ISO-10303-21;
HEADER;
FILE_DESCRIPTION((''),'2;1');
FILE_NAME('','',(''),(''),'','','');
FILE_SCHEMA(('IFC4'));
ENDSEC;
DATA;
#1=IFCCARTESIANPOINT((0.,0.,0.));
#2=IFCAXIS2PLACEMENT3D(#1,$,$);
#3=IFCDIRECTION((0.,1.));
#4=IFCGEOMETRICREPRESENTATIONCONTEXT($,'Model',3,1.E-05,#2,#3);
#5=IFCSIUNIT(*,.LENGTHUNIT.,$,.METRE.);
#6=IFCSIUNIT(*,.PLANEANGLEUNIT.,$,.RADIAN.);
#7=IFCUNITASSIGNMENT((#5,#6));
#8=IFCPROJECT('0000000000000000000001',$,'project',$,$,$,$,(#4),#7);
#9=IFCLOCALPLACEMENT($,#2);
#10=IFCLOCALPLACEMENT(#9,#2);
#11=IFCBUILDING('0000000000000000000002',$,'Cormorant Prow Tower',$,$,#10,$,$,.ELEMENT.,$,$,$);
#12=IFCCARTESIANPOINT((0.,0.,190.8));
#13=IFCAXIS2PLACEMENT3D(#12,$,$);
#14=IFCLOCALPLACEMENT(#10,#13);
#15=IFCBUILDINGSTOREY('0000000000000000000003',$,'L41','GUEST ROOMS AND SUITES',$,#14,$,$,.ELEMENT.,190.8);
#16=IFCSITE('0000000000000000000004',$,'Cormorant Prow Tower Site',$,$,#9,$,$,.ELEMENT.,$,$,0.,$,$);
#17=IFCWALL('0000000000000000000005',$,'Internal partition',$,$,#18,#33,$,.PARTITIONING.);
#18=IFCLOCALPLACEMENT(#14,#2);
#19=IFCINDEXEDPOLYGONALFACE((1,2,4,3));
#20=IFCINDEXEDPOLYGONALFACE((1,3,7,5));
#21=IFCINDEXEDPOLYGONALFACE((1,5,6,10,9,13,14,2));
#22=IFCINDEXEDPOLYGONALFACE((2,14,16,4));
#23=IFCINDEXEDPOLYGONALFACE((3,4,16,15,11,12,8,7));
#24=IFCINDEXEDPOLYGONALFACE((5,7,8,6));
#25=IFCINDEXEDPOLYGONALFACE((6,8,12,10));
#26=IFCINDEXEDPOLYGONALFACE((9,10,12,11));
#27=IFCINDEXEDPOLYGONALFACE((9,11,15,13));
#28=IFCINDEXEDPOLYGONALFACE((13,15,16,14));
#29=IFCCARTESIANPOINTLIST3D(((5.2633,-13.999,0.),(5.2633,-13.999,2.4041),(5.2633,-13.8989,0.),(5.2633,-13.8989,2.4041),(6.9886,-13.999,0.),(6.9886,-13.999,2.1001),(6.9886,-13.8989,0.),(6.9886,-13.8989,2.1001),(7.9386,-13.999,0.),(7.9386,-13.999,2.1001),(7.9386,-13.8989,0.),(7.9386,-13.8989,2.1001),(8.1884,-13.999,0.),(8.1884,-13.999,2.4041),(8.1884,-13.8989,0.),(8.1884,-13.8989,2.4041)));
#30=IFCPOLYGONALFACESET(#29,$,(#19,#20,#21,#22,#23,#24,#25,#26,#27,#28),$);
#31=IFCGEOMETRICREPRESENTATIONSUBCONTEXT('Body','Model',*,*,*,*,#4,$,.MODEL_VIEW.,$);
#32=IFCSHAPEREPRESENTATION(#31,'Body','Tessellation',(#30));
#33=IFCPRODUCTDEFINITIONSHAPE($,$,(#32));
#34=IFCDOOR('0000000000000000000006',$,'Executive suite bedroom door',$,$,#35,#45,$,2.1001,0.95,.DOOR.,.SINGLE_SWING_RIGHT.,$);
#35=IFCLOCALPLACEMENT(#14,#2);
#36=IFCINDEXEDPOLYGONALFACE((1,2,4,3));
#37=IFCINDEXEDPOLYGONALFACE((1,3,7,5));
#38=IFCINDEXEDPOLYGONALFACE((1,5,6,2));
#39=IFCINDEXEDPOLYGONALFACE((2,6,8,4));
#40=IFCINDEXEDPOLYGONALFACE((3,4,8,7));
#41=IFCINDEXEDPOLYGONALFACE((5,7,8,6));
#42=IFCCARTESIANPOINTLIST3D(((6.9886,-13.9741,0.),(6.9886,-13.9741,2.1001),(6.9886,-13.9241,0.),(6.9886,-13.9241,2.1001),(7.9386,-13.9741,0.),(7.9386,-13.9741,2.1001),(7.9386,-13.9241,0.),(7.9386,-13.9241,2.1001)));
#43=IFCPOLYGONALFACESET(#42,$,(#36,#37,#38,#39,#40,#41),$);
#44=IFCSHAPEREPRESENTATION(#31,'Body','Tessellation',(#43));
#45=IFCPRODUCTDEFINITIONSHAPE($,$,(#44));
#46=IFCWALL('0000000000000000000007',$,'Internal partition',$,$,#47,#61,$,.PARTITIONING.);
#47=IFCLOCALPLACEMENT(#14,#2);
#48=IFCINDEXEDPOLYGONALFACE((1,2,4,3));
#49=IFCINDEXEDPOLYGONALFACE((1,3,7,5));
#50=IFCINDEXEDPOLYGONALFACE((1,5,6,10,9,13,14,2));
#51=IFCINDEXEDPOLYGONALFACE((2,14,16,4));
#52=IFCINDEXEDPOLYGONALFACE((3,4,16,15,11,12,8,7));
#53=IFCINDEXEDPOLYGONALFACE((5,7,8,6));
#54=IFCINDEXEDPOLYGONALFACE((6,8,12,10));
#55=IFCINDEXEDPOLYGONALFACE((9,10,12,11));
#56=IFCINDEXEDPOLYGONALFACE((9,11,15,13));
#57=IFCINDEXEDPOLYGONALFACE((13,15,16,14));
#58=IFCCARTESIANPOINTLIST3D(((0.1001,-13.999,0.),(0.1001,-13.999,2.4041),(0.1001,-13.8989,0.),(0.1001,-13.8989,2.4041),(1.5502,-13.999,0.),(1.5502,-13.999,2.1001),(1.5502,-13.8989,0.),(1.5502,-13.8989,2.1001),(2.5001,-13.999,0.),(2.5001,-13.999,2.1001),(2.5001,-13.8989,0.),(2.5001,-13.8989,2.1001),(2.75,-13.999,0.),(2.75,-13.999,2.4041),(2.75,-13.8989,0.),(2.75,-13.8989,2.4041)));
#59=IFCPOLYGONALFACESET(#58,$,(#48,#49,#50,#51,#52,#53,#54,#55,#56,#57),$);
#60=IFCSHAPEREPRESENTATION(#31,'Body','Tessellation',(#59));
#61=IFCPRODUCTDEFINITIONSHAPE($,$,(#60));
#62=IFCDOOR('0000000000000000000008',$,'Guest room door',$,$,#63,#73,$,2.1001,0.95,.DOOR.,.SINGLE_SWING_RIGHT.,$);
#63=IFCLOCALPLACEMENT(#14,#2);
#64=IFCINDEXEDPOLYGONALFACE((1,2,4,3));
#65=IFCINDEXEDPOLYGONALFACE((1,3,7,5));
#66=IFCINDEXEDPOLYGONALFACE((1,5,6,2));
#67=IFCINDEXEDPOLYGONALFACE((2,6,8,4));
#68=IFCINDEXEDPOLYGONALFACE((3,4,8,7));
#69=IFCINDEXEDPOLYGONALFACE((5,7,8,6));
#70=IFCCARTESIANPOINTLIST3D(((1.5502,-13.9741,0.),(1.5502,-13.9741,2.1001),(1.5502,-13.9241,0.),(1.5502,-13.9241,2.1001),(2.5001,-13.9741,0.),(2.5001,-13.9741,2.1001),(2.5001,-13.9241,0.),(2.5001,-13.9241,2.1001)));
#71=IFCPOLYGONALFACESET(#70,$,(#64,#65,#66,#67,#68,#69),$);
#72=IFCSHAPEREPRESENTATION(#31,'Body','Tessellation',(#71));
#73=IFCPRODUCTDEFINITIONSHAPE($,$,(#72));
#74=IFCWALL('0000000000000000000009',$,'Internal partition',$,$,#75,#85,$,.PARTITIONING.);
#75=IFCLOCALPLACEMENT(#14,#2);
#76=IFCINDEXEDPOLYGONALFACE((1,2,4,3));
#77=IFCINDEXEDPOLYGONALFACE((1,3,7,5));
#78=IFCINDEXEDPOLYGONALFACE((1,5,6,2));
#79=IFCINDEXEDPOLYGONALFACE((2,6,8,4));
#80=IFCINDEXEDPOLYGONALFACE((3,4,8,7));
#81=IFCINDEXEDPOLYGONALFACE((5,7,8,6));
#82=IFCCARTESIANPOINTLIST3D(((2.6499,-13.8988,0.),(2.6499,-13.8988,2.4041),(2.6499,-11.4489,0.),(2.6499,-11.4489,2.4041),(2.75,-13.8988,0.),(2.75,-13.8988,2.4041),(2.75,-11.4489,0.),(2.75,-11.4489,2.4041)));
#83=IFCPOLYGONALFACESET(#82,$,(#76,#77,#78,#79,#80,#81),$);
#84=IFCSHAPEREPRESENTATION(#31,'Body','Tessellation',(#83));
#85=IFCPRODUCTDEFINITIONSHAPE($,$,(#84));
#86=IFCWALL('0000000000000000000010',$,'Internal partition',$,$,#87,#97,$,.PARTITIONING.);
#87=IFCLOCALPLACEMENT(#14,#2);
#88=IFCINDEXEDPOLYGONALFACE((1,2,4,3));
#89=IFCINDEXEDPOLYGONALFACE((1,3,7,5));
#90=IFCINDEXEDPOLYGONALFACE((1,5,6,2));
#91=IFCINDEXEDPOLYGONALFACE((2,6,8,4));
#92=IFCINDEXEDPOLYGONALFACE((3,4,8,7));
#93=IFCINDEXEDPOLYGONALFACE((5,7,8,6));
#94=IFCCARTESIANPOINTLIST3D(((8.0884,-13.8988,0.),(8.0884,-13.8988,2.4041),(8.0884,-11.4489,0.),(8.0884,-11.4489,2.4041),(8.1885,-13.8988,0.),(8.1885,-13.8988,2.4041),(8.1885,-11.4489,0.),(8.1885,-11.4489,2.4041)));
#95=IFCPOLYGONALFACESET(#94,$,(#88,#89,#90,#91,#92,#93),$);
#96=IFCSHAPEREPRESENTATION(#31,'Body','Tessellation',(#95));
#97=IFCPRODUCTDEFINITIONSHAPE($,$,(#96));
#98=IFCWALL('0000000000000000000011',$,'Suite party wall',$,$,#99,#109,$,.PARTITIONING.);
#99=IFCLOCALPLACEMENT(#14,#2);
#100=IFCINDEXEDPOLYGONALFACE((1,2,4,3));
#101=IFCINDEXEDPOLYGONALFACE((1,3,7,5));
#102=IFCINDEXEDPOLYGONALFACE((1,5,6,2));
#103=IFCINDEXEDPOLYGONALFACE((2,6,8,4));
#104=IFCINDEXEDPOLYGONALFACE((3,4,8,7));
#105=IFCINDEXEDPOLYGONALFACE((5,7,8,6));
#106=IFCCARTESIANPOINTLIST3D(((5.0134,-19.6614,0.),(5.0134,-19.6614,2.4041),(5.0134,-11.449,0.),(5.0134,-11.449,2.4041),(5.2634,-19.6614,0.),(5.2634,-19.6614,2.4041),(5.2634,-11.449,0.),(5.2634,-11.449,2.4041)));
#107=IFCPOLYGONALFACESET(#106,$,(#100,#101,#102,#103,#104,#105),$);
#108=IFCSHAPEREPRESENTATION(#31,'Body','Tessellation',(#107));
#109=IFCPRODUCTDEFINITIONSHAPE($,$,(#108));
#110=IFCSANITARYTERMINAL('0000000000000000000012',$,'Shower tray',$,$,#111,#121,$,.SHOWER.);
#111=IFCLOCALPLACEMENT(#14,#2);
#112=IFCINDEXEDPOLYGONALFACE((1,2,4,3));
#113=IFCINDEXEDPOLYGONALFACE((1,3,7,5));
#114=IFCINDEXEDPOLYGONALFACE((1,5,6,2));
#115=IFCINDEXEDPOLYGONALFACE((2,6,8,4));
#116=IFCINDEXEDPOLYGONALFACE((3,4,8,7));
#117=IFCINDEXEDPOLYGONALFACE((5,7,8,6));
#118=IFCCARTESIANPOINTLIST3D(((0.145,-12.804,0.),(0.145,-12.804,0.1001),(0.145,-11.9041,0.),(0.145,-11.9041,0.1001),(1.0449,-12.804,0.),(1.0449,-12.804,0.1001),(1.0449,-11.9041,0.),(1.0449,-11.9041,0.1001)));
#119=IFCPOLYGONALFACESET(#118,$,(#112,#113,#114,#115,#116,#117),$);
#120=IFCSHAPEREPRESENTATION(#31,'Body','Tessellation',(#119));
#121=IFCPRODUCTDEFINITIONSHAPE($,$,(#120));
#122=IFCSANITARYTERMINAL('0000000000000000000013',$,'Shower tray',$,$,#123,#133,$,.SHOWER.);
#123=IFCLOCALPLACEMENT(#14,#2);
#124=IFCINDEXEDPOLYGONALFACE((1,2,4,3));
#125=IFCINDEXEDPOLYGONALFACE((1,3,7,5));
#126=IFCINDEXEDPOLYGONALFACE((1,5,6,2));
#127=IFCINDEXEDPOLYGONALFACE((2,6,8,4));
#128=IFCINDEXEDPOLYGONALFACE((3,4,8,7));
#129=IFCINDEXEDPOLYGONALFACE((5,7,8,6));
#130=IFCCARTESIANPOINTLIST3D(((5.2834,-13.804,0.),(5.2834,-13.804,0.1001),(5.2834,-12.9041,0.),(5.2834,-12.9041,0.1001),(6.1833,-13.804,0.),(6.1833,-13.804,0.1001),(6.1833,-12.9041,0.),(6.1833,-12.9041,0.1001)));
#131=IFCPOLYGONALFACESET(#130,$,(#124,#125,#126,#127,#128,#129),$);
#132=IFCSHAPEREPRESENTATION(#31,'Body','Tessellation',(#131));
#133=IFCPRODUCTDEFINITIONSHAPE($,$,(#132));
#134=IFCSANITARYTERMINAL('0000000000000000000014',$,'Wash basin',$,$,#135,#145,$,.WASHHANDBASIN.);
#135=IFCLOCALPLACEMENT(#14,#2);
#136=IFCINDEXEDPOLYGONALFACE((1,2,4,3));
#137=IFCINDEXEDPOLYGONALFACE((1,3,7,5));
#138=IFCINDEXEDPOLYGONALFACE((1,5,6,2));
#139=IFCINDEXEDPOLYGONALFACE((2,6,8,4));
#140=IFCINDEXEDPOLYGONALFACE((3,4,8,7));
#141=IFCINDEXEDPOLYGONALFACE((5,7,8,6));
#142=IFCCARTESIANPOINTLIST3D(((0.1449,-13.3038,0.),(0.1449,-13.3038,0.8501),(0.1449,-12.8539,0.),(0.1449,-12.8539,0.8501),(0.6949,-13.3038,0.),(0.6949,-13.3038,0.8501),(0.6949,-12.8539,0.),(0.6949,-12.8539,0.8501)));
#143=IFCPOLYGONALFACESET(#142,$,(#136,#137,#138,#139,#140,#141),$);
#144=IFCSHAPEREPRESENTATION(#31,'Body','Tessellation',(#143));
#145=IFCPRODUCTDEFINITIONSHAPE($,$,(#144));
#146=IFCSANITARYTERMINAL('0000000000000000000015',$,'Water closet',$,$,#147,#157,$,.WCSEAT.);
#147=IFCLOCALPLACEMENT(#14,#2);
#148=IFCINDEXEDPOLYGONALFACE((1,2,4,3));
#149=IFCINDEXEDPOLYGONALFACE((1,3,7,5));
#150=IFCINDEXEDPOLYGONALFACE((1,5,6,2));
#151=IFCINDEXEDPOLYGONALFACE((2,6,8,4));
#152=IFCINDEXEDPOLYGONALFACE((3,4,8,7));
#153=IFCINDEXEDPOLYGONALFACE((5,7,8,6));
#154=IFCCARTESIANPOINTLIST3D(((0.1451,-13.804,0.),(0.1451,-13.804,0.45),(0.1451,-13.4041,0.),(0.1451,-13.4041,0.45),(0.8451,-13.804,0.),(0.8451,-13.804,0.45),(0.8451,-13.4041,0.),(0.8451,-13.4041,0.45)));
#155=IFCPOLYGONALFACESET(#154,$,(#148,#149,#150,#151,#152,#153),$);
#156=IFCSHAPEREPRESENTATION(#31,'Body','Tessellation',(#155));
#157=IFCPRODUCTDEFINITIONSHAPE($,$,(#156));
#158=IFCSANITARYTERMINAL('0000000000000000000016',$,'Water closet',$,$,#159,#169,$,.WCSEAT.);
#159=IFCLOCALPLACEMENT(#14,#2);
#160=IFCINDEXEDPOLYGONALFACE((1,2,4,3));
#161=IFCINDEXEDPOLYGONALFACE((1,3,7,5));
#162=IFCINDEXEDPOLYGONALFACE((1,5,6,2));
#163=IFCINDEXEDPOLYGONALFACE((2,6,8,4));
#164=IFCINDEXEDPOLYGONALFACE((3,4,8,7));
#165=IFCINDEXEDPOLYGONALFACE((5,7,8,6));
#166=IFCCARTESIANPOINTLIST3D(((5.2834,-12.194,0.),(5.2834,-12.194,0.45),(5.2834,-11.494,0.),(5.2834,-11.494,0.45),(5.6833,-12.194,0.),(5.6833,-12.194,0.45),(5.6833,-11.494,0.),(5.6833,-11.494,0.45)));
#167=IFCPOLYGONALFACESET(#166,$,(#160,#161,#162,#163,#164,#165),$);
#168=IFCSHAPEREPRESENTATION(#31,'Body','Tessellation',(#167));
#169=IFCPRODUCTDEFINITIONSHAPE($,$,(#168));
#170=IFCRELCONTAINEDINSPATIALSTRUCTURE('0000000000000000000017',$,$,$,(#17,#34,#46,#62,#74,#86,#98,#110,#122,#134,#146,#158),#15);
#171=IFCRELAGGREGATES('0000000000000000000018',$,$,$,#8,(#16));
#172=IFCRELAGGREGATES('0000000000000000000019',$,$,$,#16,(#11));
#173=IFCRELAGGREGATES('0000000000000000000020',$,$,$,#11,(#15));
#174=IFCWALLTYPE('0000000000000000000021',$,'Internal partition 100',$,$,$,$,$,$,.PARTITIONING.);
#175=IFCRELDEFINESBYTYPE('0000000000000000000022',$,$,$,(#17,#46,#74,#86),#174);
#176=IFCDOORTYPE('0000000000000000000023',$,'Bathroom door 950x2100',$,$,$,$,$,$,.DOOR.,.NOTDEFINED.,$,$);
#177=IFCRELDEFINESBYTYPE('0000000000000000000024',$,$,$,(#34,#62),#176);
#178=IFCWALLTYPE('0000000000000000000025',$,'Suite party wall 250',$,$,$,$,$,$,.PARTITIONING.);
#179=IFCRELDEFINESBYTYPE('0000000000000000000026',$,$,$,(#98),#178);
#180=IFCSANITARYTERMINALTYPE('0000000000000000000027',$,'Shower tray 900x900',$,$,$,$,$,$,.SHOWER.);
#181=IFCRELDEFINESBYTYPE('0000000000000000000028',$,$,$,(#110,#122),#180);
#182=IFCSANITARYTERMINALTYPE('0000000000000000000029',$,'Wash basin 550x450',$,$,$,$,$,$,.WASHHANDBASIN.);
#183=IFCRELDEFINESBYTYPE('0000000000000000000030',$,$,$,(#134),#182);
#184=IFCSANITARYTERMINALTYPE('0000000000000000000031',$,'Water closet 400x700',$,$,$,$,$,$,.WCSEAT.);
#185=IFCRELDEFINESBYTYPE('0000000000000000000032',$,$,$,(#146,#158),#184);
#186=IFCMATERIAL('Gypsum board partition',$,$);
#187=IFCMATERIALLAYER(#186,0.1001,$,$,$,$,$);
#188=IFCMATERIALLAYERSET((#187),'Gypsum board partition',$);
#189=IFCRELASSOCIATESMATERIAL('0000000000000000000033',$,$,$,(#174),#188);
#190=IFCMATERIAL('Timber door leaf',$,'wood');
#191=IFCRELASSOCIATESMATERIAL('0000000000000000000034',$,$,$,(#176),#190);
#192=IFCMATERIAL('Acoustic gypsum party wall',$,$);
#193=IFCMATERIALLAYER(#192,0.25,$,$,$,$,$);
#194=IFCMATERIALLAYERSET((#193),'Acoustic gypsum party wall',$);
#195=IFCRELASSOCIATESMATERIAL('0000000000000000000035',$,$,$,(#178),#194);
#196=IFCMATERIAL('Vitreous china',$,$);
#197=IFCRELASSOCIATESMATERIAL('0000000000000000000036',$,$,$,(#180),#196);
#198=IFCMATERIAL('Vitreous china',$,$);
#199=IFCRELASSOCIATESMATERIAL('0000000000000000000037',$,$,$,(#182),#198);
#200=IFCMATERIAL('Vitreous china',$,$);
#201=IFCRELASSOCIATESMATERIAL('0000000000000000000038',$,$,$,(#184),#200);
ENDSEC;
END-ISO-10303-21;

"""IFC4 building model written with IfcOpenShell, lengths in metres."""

from ifc_helpers import new_model, si_unit, direction, frame, frame_2d, origin, origin_2d, place, context, subcontext, project, spatial, rectangle, extrude, material, layer, layer_set, type_object, element, fill, save


model = new_model("IFC4")

# Units and contexts
model_context = context("Model", 3, precision=1e-05, world=origin(), true_north=direction((0.0, 1.0)))
body_context = subcontext(model_context, "Body", "Model", "MODEL_VIEW")
ifc_project = project(units=[si_unit("LENGTHUNIT", "METRE"), si_unit("PLANEANGLEUNIT", "RADIAN")], contexts=[model_context])

# Site, building, storey
site_placement = place(None, origin())
site = spatial("IfcSite", under=ifc_project, at=site_placement, Name="Cormorant Prow Tower Site", CompositionType="ELEMENT", RefElevation=0.0)
building_placement = place(site_placement, origin())
building = spatial("IfcBuilding", under=site, at=building_placement, Name="Cormorant Prow Tower", CompositionType="ELEMENT")
storey_placement = place(building_placement, frame((0.0, 0.0, 190.8)))
storey = spatial("IfcBuildingStorey", under=building, at=storey_placement, Name="L41", Description="GUEST ROOMS AND SUITES", CompositionType="ELEMENT", Elevation=190.8)

# Walls, openings, doors
ifc_material_1 = material(Name="Gypsum board partition")
ifc_layer_1 = layer(ifc_material_1, 0.1001)
ifc_layer_set_1 = layer_set([ifc_layer_1], Name="Gypsum board partition")
wall_type_1 = type_object("IfcWallType", Name="Internal partition 100", PredefinedType="PARTITIONING", material=ifc_layer_set_1)
wall_1_placement = place(storey_placement, frame((5.2634, -13.949, 0.0), z_axis=(0.0, 0.0, 1.0), x_axis=(1.0, 0.0, 0.0)))
wall_1 = element("IfcWall", 1, at=wall_1_placement, inside=storey, type_object=wall_type_1, Name="Internal partition", PredefinedType="PARTITIONING", context=body_context, shape_type="SweptSolid", body=[
    extrude(rectangle(XDim=2.925, YDim=0.1001, at=frame_2d((1.4624, 0.0))), origin(), (0.0, 0.0, 1.0), 2.4041),
])
opening_1_placement = place(wall_1_placement, frame((1.7251, 0.0, 0.0)))
opening_1 = element("IfcOpeningElement", 2, at=opening_1_placement, cuts=wall_1, PredefinedType="OPENING", context=body_context, shape_type="SweptSolid", body=[
    extrude(rectangle(XDim=0.95, YDim=2.1001, at=frame_2d((0.4751, 1.05))), frame((0.0, 0.0601, 0.0), z_axis=(0.0, -1.0, 0.0), x_axis=(1.0, 0.0, 0.0)), (0.0, 0.0, 1.0), 0.1201),
])
ifc_material_2 = material(Name="Timber door leaf", Category="wood")
door_type_1 = type_object("IfcDoorType", Name="Bathroom door 950x2100", OperationType="NOTDEFINED", PredefinedType="DOOR", material=ifc_material_2)
door_1_placement = place(opening_1_placement, origin())
door_1 = element("IfcDoor", 3, at=door_1_placement, inside=storey, type_object=door_type_1, Name="Executive suite bedroom door", OperationType="SINGLE_SWING_RIGHT", OverallHeight=2.1001, OverallWidth=0.95, PredefinedType="DOOR", context=body_context, shape_type="SweptSolid", body=[
    extrude(rectangle(XDim=0.95, YDim=2.1001, at=frame_2d((0.4751, 1.05))), frame((0.0, 0.0249, 0.0), z_axis=(0.0, -1.0, 0.0), x_axis=(1.0, 0.0, 0.0)), (0.0, 0.0, 1.0), 0.05),
])
fill(opening_1, door_1)
wall_2_placement = place(storey_placement, frame((0.1001, -13.949, 0.0), z_axis=(0.0, 0.0, 1.0), x_axis=(1.0, 0.0, 0.0)))
wall_2 = element("IfcWall", 4, at=wall_2_placement, inside=storey, type_object=wall_type_1, Name="Internal partition", PredefinedType="PARTITIONING", context=body_context, shape_type="SweptSolid", body=[
    extrude(rectangle(XDim=2.6499, YDim=0.1001, at=frame_2d((1.325, 0.0))), origin(), (0.0, 0.0, 1.0), 2.4041),
])
opening_2_placement = place(wall_2_placement, frame((1.45, 0.0, 0.0)))
opening_2 = element("IfcOpeningElement", 5, at=opening_2_placement, cuts=wall_2, PredefinedType="OPENING", context=body_context, shape_type="SweptSolid", body=[
    extrude(rectangle(XDim=0.95, YDim=2.1001, at=frame_2d((0.4751, 1.05))), frame((0.0, 0.0601, 0.0), z_axis=(0.0, -1.0, 0.0), x_axis=(1.0, 0.0, 0.0)), (0.0, 0.0, 1.0), 0.1201),
])
door_2_placement = place(opening_2_placement, origin())
door_2 = element("IfcDoor", 6, at=door_2_placement, inside=storey, type_object=door_type_1, Name="Guest room door", OperationType="SINGLE_SWING_RIGHT", OverallHeight=2.1001, OverallWidth=0.95, PredefinedType="DOOR", context=body_context, shape_type="SweptSolid", body=[
    extrude(rectangle(XDim=0.95, YDim=2.1001, at=frame_2d((0.4751, 1.05))), frame((0.0, 0.0249, 0.0), z_axis=(0.0, -1.0, 0.0), x_axis=(1.0, 0.0, 0.0)), (0.0, 0.0, 1.0), 0.05),
])
fill(opening_2, door_2)

# Walls
for number, where, z_axis, x_axis, name in (
    (7, (2.7, -13.8989, 0.0), (0.0, 0.0, 1.0), (0.0, 1.0, 0.0), "Internal partition"),
    (8, (8.1384, -13.8989, 0.0), (0.0, 0.0, 1.0), (0.0, 1.0, 0.0), "Internal partition"),
):
    element("IfcWall", number, at=place(storey_placement, frame(where, z_axis=z_axis, x_axis=x_axis)), inside=storey, type_object=wall_type_1, Name=name, PredefinedType="PARTITIONING", context=body_context, shape_type="SweptSolid", body=[
        extrude(rectangle(XDim=2.45, YDim=0.1001, at=frame_2d((1.2251, 0.0))), origin(), (0.0, 0.0, 1.0), 2.4041),
    ])
ifc_material_3 = material(Name="Acoustic gypsum party wall")
ifc_layer_2 = layer(ifc_material_3, 0.25)
ifc_layer_set_2 = layer_set([ifc_layer_2], Name="Acoustic gypsum party wall")
wall_type_2 = type_object("IfcWallType", Name="Suite party wall 250", PredefinedType="PARTITIONING", material=ifc_layer_set_2)
wall_3_placement = place(storey_placement, frame((5.1384, -19.6614, 0.0), z_axis=(0.0, 0.0, 1.0), x_axis=(0.0, 1.0, 0.0)))
element("IfcWall", 9, at=wall_3_placement, inside=storey, type_object=wall_type_2, Name="Suite party wall", PredefinedType="PARTITIONING", context=body_context, shape_type="SweptSolid", body=[
    extrude(rectangle(XDim=8.2124, YDim=0.25, at=frame_2d((4.1062, 0.0))), origin(), (0.0, 0.0, 1.0), 2.4041),
])

# Sanitary terminals
ifc_material_4 = material(Name="Vitreous china")
sanitary_terminal_type_1 = type_object("IfcSanitaryTerminalType", Name="Shower tray 900x900", PredefinedType="SHOWER", material=ifc_material_4)
for number, where, z_axis, x_axis, name in (
    (10, (0.595, -12.354, 0.0), (0.0, 0.0, 1.0), (1.0, 0.0, 0.0), "Shower tray"),
    (11, (5.7334, -13.354, 0.0), (0.0, 0.0, 1.0), (0.0, 1.0, 0.0), "Shower tray"),
):
    element("IfcSanitaryTerminal", number, at=place(storey_placement, frame(where, z_axis=z_axis, x_axis=x_axis)), inside=storey, type_object=sanitary_terminal_type_1, Name=name, PredefinedType="SHOWER", context=body_context, shape_type="SweptSolid", body=[
        extrude(rectangle(XDim=0.8999, YDim=0.8999, at=origin_2d()), origin(), (0.0, 0.0, 1.0), 0.1001),
    ])
ifc_material_5 = material(Name="Vitreous china")
sanitary_terminal_type_2 = type_object("IfcSanitaryTerminalType", Name="Wash basin 550x450", PredefinedType="WASHHANDBASIN", material=ifc_material_5)
sanitary_terminal_placement = place(storey_placement, frame((0.4199, -13.0789, 0.0), z_axis=(0.0, 0.0, 1.0), x_axis=(1.0, 0.0, 0.0)))
element("IfcSanitaryTerminal", 12, at=sanitary_terminal_placement, inside=storey, type_object=sanitary_terminal_type_2, Name="Wash basin", PredefinedType="WASHHANDBASIN", context=body_context, shape_type="SweptSolid", body=[
    extrude(rectangle(XDim=0.55, YDim=0.45, at=origin_2d()), origin(), (0.0, 0.0, 1.0), 0.8501),
])
ifc_material_6 = material(Name="Vitreous china")
sanitary_terminal_type_3 = type_object("IfcSanitaryTerminalType", Name="Water closet 400x700", PredefinedType="WCSEAT", material=ifc_material_6)
for number, where, z_axis, x_axis, name in (
    (13, (0.4951, -13.604, 0.0), (0.0, 0.0, 1.0), (0.0, 1.0, 0.0), "Water closet"),
    (14, (5.4834, -11.844, 0.0), (0.0, 0.0, 1.0), (1.0, 0.0, 0.0), "Water closet"),
):
    element("IfcSanitaryTerminal", number, at=place(storey_placement, frame(where, z_axis=z_axis, x_axis=x_axis)), inside=storey, type_object=sanitary_terminal_type_3, Name=name, PredefinedType="WCSEAT", context=body_context, shape_type="SweptSolid", body=[
        extrude(rectangle(XDim=0.3999, YDim=0.7, at=origin_2d()), origin(), (0.0, 0.0, 1.0), 0.45),
    ])

save(model, "model.ifc")
